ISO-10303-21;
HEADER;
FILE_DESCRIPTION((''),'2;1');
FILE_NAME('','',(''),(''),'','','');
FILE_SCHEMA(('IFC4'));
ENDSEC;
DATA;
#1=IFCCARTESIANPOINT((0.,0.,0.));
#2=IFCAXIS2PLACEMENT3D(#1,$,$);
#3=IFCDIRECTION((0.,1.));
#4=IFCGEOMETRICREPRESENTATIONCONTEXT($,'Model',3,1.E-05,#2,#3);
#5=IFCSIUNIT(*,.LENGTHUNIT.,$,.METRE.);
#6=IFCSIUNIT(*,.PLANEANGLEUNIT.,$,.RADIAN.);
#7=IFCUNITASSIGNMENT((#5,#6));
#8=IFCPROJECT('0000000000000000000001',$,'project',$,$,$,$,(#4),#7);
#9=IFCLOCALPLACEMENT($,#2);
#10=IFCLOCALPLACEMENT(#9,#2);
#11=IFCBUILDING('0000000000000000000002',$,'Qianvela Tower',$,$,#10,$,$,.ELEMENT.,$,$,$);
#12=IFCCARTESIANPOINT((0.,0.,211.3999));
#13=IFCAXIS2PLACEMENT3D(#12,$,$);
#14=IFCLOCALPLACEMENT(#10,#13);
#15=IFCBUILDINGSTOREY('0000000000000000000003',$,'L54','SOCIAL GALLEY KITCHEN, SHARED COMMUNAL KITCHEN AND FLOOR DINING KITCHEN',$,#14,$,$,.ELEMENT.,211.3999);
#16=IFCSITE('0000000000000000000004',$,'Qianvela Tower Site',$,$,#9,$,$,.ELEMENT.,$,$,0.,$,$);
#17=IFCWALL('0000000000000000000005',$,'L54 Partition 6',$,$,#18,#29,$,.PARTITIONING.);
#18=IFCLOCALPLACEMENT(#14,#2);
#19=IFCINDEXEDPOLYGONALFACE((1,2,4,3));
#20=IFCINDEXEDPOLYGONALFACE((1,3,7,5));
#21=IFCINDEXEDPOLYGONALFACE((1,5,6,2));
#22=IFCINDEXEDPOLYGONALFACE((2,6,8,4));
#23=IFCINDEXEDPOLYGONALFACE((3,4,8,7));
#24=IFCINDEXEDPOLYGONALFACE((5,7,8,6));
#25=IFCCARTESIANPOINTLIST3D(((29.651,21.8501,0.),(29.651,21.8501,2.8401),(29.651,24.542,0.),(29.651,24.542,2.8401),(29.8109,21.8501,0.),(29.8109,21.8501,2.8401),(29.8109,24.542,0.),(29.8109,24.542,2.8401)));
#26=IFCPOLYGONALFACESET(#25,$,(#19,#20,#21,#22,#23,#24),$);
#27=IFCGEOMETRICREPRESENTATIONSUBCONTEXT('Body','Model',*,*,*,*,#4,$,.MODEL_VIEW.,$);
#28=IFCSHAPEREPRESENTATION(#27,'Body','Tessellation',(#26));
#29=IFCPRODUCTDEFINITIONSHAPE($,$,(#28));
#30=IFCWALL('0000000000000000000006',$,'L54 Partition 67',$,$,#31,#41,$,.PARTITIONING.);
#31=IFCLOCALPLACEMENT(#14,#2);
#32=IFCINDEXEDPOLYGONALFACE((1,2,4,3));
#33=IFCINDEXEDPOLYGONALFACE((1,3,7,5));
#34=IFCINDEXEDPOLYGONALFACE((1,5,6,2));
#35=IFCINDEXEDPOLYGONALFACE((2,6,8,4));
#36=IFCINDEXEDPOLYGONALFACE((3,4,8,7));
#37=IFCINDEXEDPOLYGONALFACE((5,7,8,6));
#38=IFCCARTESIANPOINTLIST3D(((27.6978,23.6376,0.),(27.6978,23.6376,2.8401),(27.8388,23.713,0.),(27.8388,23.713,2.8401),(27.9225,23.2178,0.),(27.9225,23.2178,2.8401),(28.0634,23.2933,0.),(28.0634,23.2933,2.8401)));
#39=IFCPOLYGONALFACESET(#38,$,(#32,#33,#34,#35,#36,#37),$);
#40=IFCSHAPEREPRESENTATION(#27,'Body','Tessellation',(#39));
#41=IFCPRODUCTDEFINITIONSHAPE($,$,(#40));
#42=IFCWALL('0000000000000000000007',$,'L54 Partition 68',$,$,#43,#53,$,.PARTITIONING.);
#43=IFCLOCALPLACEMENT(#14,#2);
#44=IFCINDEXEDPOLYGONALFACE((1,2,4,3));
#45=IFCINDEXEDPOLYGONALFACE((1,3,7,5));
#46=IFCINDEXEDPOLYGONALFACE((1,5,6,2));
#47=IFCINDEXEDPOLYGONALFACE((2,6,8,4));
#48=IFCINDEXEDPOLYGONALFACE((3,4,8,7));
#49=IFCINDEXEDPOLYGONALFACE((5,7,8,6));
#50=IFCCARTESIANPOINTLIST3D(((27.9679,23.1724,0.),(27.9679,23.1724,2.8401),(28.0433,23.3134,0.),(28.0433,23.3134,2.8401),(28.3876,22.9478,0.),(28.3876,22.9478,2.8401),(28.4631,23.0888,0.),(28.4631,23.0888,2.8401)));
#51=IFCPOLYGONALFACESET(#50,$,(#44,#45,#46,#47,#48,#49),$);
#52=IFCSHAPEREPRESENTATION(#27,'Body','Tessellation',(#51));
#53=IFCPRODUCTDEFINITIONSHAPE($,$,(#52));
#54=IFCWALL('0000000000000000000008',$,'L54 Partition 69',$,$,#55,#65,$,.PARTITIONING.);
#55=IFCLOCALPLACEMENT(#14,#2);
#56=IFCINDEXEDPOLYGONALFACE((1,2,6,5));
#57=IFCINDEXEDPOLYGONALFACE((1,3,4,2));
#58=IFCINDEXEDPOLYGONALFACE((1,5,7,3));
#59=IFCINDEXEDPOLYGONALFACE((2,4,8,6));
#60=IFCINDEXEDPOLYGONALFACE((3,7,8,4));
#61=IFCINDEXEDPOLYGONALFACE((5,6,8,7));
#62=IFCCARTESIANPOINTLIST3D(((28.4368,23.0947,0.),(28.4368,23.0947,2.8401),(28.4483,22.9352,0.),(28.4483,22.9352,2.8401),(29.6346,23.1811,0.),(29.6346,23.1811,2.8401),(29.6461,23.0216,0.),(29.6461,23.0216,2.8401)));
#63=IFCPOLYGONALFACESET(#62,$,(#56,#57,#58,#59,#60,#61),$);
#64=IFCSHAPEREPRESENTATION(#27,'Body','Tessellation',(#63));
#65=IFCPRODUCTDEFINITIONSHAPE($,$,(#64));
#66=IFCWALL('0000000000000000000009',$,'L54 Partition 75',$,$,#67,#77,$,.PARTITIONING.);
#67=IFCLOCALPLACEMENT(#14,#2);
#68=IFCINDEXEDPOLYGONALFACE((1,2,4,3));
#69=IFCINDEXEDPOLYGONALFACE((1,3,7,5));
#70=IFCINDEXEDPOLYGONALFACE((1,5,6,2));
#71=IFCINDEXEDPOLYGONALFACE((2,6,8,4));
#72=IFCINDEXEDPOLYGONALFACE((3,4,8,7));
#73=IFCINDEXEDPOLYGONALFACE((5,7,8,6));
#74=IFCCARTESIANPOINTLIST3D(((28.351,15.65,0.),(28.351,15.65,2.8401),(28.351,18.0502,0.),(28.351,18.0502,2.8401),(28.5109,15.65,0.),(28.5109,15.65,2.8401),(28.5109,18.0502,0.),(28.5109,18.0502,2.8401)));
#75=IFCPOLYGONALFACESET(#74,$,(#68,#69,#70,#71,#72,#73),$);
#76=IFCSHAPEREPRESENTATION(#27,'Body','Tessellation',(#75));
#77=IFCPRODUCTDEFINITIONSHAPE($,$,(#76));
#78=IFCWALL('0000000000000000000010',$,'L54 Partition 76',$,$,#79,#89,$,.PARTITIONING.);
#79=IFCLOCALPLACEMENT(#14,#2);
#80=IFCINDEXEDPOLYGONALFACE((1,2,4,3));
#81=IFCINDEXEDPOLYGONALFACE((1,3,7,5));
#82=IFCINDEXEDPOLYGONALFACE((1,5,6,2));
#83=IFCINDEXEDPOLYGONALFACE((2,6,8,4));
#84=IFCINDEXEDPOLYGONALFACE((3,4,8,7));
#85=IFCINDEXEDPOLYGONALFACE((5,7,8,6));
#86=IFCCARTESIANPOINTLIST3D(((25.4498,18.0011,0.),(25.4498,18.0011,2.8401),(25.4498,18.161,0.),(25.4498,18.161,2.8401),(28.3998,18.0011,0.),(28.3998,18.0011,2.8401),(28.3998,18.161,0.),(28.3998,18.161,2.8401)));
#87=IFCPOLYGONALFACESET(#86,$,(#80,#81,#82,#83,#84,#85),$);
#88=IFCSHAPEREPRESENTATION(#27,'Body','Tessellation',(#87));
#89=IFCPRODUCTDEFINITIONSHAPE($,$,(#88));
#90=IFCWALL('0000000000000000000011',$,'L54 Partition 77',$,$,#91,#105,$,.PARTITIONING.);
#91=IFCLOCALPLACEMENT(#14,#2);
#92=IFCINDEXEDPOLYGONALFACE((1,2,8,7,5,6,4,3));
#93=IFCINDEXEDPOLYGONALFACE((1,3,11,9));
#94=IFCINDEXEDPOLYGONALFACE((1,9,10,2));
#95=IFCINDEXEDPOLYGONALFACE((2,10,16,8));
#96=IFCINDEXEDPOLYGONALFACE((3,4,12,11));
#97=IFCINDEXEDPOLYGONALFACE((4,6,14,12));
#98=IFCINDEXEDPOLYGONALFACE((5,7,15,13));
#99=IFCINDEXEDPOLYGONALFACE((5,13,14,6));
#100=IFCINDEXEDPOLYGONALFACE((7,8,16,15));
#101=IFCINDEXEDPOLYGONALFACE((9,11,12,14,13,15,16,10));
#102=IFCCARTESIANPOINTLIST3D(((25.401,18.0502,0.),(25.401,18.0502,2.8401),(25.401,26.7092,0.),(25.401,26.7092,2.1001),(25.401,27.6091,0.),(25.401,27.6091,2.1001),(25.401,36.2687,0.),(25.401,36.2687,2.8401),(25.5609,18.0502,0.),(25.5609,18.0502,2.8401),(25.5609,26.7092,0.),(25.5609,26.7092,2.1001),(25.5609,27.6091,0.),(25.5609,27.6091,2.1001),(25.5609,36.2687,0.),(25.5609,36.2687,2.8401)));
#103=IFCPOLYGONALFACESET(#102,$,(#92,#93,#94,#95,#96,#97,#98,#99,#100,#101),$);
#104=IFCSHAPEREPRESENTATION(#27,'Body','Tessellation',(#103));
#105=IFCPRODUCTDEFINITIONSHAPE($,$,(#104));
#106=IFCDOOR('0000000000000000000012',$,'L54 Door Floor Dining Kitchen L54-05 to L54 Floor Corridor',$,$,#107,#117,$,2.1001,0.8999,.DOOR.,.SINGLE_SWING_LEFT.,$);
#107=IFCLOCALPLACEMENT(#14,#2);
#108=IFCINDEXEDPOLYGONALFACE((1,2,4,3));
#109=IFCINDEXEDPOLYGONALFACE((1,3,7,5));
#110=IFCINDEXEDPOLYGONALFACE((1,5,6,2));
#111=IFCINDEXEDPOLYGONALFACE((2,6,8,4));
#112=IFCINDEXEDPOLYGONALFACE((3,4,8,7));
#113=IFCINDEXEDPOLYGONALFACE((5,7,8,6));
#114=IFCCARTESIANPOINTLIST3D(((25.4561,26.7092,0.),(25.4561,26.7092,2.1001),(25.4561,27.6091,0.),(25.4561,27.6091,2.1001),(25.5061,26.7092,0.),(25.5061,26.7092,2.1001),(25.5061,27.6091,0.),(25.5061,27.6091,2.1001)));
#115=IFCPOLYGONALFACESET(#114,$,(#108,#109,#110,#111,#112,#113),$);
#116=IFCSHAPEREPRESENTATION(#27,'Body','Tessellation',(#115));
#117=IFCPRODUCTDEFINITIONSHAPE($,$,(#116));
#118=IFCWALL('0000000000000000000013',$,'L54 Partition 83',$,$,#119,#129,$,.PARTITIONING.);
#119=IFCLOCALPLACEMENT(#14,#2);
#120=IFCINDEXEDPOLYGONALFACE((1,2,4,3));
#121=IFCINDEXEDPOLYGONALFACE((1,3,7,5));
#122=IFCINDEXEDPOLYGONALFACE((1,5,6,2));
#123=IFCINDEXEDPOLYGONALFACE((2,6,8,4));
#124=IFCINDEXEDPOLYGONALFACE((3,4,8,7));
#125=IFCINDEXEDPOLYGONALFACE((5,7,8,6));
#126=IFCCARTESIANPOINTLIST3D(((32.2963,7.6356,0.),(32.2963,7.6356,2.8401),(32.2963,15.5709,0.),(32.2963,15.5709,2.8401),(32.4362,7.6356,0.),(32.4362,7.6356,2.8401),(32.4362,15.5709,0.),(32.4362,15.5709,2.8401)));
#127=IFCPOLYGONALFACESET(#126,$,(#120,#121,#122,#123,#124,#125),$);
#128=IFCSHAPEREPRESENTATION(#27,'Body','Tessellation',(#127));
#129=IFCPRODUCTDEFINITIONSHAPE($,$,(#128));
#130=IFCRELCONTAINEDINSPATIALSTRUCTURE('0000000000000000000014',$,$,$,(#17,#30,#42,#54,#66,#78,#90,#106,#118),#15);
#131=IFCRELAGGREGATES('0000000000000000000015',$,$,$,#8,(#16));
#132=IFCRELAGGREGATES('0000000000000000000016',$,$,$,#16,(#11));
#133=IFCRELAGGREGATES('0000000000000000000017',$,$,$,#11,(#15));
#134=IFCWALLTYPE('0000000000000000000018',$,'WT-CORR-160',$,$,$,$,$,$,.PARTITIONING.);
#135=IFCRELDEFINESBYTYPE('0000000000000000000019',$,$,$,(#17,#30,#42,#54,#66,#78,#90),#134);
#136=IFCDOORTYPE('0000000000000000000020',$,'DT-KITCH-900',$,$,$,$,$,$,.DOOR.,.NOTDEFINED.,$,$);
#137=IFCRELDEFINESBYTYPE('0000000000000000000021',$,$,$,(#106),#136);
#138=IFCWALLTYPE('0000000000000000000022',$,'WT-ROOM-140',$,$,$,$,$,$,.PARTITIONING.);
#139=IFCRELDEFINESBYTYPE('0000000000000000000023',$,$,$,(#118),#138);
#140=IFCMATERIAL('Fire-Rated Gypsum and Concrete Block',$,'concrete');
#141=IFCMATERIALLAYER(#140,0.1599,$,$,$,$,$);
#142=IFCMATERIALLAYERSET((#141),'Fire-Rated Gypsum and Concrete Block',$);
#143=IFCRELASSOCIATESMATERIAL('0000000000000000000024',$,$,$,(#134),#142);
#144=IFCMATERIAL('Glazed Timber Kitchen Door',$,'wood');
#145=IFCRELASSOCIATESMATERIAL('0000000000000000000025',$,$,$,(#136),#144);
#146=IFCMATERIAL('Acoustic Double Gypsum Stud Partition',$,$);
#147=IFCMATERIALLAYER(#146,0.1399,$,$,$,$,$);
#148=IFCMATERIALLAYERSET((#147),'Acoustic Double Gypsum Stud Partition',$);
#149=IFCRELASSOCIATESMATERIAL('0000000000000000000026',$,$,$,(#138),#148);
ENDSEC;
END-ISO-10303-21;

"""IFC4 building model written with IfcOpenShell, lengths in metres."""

from ifc_helpers import new_model, si_unit, direction, frame, frame_2d, origin, place, context, subcontext, project, spatial, rectangle, extrude, material, layer, layer_set, type_object, element, fill, save


model = new_model("IFC4")

# Units and contexts
model_context = context("Model", 3, precision=1e-05, world=origin(), true_north=direction((0.0, 1.0)))
body_context = subcontext(model_context, "Body", "Model", "MODEL_VIEW")
ifc_project = project(units=[si_unit("LENGTHUNIT", "METRE"), si_unit("PLANEANGLEUNIT", "RADIAN")], contexts=[model_context])

# Site, building, storey
site_placement = place(None, origin())
site = spatial("IfcSite", under=ifc_project, at=site_placement, Name="Qianvela Tower Site", CompositionType="ELEMENT", RefElevation=0.0)
building_placement = place(site_placement, origin())
building = spatial("IfcBuilding", under=site, at=building_placement, Name="Qianvela Tower", CompositionType="ELEMENT")
storey_placement = place(building_placement, frame((0.0, 0.0, 211.3999)))
storey = spatial("IfcBuildingStorey", under=building, at=storey_placement, Name="L54", Description="SOCIAL GALLEY KITCHEN, SHARED COMMUNAL KITCHEN AND FLOOR DINING KITCHEN", CompositionType="ELEMENT", Elevation=211.3999)

# Walls
ifc_material_1 = material(Name="Fire-Rated Gypsum and Concrete Block", Category="concrete")
ifc_layer_1 = layer(ifc_material_1, 0.1599)
ifc_layer_set_1 = layer_set([ifc_layer_1], Name="Fire-Rated Gypsum and Concrete Block")
wall_type_1 = type_object("IfcWallType", Name="WT-CORR-160", PredefinedType="PARTITIONING", material=ifc_layer_set_1)
wall_1_placement = place(storey_placement, frame((29.731, 21.8501, 0.0), z_axis=(0.0, 0.0, 1.0), x_axis=(0.0, 1.0, 0.0)))
element("IfcWall", 1, at=wall_1_placement, inside=storey, type_object=wall_type_1, Name="L54 Partition 6", PredefinedType="PARTITIONING", context=body_context, shape_type="SweptSolid", body=[
    extrude(rectangle(XDim=2.6919, YDim=0.1599, at=frame_2d((1.3459, 0.0))), origin(), (0.0, 0.0, 1.0), 2.8401),
])
for number, where, z_axis, x_axis, name in (
    (2, (27.7683, 23.6753, 0.0), (0.0, 0.0, 1.0), (0.471866, -0.881671, 0.0), "L54 Partition 67"),
    (3, (28.0056, 23.2429, 0.0), (0.0, 0.0, 1.0), (0.881671, -0.471866, 0.0), "L54 Partition 68"),
):
    element("IfcWall", number, at=place(storey_placement, frame(where, z_axis=z_axis, x_axis=x_axis)), inside=storey, type_object=wall_type_1, Name=name, PredefinedType="PARTITIONING", context=body_context, shape_type="SweptSolid", body=[
        extrude(rectangle(XDim=0.4761, YDim=0.1599, at=frame_2d((0.238, 0.0))), origin(), (0.0, 0.0, 1.0), 2.8401),
    ])
wall_2_placement = place(storey_placement, frame((28.4424, 23.0149, 0.0), z_axis=(0.0, 0.0, 1.0), x_axis=(0.997407, 0.071969, 0.0)))
element("IfcWall", 4, at=wall_2_placement, inside=storey, type_object=wall_type_1, Name="L54 Partition 69", PredefinedType="PARTITIONING", context=body_context, shape_type="SweptSolid", body=[
    extrude(rectangle(XDim=1.2009, YDim=0.1599, at=frame_2d((0.6006, 0.0))), origin(), (0.0, 0.0, 1.0), 2.8401),
])
wall_3_placement = place(storey_placement, frame((28.4309, 15.6499, 0.0), z_axis=(0.0, 0.0, 1.0), x_axis=(0.0, 1.0, 0.0)))
element("IfcWall", 5, at=wall_3_placement, inside=storey, type_object=wall_type_1, Name="L54 Partition 75", PredefinedType="PARTITIONING", context=body_context, shape_type="SweptSolid", body=[
    extrude(rectangle(XDim=2.4001, YDim=0.1599, at=frame_2d((1.2002, 0.0))), origin(), (0.0, 0.0, 1.0), 2.8401),
])
wall_4_placement = place(storey_placement, frame((28.3999, 18.0811, 0.0), z_axis=(0.0, 0.0, 1.0), x_axis=(-1.0, 0.0, 0.0)))
element("IfcWall", 6, at=wall_4_placement, inside=storey, type_object=wall_type_1, Name="L54 Partition 76", PredefinedType="PARTITIONING", context=body_context, shape_type="SweptSolid", body=[
    extrude(rectangle(XDim=2.95, YDim=0.1599, at=frame_2d((1.4751, 0.0))), origin(), (0.0, 0.0, 1.0), 2.8401),
])

# Wall, opening, door
wall_5_placement = place(storey_placement, frame((25.481, 18.05, 0.0), z_axis=(0.0, 0.0, 1.0), x_axis=(0.0, 1.0, 0.0)))
wall_5 = element("IfcWall", 7, at=wall_5_placement, inside=storey, type_object=wall_type_1, Name="L54 Partition 77", PredefinedType="PARTITIONING", context=body_context, shape_type="SweptSolid", body=[
    extrude(rectangle(XDim=18.2185, YDim=0.1599, at=frame_2d((9.1094, 0.0))), origin(), (0.0, 0.0, 1.0), 2.8401),
])
opening_placement = place(wall_5_placement, frame((8.6592, 0.0, 0.0)))
opening = element("IfcOpeningElement", 8, at=opening_placement, cuts=wall_5, PredefinedType="OPENING", context=body_context, shape_type="SweptSolid", body=[
    extrude(rectangle(XDim=0.8999, YDim=2.1001, at=frame_2d((0.45, 1.05))), frame((0.0, 0.0898, 0.0), z_axis=(0.0, -1.0, 0.0), x_axis=(1.0, 0.0, 0.0)), (0.0, 0.0, 1.0), 0.1799),
])
ifc_material_2 = material(Name="Glazed Timber Kitchen Door", Category="wood")
door_type = type_object("IfcDoorType", Name="DT-KITCH-900", OperationType="NOTDEFINED", PredefinedType="DOOR", material=ifc_material_2)
door_placement = place(opening_placement, origin())
door = element("IfcDoor", 9, at=door_placement, inside=storey, type_object=door_type, Name="L54 Door Floor Dining Kitchen L54-05 to L54 Floor Corridor", OperationType="SINGLE_SWING_LEFT", OverallHeight=2.1001, OverallWidth=0.8999, PredefinedType="DOOR", context=body_context, shape_type="SweptSolid", body=[
    extrude(rectangle(XDim=0.8999, YDim=2.1001, at=frame_2d((0.45, 1.05))), frame((0.0, 0.0249, 0.0), z_axis=(0.0, -1.0, 0.0), x_axis=(1.0, 0.0, 0.0)), (0.0, 0.0, 1.0), 0.05),
])
fill(opening, door)

# Wall
ifc_material_3 = material(Name="Acoustic Double Gypsum Stud Partition")
ifc_layer_2 = layer(ifc_material_3, 0.1399)
ifc_layer_set_2 = layer_set([ifc_layer_2], Name="Acoustic Double Gypsum Stud Partition")
wall_type_2 = type_object("IfcWallType", Name="WT-ROOM-140", PredefinedType="PARTITIONING", material=ifc_layer_set_2)
wall_6_placement = place(storey_placement, frame((32.3662, 15.571, 0.0), z_axis=(0.0, 0.0, 1.0), x_axis=(0.0, -1.0, 0.0)))
element("IfcWall", 10, at=wall_6_placement, inside=storey, type_object=wall_type_2, Name="L54 Partition 83", PredefinedType="PARTITIONING", context=body_context, shape_type="SweptSolid", body=[
    extrude(rectangle(XDim=7.9353, YDim=0.1399, at=frame_2d((3.9678, 0.0))), origin(), (0.0, 0.0, 1.0), 2.8401),
])

save(model, "model.ifc")
